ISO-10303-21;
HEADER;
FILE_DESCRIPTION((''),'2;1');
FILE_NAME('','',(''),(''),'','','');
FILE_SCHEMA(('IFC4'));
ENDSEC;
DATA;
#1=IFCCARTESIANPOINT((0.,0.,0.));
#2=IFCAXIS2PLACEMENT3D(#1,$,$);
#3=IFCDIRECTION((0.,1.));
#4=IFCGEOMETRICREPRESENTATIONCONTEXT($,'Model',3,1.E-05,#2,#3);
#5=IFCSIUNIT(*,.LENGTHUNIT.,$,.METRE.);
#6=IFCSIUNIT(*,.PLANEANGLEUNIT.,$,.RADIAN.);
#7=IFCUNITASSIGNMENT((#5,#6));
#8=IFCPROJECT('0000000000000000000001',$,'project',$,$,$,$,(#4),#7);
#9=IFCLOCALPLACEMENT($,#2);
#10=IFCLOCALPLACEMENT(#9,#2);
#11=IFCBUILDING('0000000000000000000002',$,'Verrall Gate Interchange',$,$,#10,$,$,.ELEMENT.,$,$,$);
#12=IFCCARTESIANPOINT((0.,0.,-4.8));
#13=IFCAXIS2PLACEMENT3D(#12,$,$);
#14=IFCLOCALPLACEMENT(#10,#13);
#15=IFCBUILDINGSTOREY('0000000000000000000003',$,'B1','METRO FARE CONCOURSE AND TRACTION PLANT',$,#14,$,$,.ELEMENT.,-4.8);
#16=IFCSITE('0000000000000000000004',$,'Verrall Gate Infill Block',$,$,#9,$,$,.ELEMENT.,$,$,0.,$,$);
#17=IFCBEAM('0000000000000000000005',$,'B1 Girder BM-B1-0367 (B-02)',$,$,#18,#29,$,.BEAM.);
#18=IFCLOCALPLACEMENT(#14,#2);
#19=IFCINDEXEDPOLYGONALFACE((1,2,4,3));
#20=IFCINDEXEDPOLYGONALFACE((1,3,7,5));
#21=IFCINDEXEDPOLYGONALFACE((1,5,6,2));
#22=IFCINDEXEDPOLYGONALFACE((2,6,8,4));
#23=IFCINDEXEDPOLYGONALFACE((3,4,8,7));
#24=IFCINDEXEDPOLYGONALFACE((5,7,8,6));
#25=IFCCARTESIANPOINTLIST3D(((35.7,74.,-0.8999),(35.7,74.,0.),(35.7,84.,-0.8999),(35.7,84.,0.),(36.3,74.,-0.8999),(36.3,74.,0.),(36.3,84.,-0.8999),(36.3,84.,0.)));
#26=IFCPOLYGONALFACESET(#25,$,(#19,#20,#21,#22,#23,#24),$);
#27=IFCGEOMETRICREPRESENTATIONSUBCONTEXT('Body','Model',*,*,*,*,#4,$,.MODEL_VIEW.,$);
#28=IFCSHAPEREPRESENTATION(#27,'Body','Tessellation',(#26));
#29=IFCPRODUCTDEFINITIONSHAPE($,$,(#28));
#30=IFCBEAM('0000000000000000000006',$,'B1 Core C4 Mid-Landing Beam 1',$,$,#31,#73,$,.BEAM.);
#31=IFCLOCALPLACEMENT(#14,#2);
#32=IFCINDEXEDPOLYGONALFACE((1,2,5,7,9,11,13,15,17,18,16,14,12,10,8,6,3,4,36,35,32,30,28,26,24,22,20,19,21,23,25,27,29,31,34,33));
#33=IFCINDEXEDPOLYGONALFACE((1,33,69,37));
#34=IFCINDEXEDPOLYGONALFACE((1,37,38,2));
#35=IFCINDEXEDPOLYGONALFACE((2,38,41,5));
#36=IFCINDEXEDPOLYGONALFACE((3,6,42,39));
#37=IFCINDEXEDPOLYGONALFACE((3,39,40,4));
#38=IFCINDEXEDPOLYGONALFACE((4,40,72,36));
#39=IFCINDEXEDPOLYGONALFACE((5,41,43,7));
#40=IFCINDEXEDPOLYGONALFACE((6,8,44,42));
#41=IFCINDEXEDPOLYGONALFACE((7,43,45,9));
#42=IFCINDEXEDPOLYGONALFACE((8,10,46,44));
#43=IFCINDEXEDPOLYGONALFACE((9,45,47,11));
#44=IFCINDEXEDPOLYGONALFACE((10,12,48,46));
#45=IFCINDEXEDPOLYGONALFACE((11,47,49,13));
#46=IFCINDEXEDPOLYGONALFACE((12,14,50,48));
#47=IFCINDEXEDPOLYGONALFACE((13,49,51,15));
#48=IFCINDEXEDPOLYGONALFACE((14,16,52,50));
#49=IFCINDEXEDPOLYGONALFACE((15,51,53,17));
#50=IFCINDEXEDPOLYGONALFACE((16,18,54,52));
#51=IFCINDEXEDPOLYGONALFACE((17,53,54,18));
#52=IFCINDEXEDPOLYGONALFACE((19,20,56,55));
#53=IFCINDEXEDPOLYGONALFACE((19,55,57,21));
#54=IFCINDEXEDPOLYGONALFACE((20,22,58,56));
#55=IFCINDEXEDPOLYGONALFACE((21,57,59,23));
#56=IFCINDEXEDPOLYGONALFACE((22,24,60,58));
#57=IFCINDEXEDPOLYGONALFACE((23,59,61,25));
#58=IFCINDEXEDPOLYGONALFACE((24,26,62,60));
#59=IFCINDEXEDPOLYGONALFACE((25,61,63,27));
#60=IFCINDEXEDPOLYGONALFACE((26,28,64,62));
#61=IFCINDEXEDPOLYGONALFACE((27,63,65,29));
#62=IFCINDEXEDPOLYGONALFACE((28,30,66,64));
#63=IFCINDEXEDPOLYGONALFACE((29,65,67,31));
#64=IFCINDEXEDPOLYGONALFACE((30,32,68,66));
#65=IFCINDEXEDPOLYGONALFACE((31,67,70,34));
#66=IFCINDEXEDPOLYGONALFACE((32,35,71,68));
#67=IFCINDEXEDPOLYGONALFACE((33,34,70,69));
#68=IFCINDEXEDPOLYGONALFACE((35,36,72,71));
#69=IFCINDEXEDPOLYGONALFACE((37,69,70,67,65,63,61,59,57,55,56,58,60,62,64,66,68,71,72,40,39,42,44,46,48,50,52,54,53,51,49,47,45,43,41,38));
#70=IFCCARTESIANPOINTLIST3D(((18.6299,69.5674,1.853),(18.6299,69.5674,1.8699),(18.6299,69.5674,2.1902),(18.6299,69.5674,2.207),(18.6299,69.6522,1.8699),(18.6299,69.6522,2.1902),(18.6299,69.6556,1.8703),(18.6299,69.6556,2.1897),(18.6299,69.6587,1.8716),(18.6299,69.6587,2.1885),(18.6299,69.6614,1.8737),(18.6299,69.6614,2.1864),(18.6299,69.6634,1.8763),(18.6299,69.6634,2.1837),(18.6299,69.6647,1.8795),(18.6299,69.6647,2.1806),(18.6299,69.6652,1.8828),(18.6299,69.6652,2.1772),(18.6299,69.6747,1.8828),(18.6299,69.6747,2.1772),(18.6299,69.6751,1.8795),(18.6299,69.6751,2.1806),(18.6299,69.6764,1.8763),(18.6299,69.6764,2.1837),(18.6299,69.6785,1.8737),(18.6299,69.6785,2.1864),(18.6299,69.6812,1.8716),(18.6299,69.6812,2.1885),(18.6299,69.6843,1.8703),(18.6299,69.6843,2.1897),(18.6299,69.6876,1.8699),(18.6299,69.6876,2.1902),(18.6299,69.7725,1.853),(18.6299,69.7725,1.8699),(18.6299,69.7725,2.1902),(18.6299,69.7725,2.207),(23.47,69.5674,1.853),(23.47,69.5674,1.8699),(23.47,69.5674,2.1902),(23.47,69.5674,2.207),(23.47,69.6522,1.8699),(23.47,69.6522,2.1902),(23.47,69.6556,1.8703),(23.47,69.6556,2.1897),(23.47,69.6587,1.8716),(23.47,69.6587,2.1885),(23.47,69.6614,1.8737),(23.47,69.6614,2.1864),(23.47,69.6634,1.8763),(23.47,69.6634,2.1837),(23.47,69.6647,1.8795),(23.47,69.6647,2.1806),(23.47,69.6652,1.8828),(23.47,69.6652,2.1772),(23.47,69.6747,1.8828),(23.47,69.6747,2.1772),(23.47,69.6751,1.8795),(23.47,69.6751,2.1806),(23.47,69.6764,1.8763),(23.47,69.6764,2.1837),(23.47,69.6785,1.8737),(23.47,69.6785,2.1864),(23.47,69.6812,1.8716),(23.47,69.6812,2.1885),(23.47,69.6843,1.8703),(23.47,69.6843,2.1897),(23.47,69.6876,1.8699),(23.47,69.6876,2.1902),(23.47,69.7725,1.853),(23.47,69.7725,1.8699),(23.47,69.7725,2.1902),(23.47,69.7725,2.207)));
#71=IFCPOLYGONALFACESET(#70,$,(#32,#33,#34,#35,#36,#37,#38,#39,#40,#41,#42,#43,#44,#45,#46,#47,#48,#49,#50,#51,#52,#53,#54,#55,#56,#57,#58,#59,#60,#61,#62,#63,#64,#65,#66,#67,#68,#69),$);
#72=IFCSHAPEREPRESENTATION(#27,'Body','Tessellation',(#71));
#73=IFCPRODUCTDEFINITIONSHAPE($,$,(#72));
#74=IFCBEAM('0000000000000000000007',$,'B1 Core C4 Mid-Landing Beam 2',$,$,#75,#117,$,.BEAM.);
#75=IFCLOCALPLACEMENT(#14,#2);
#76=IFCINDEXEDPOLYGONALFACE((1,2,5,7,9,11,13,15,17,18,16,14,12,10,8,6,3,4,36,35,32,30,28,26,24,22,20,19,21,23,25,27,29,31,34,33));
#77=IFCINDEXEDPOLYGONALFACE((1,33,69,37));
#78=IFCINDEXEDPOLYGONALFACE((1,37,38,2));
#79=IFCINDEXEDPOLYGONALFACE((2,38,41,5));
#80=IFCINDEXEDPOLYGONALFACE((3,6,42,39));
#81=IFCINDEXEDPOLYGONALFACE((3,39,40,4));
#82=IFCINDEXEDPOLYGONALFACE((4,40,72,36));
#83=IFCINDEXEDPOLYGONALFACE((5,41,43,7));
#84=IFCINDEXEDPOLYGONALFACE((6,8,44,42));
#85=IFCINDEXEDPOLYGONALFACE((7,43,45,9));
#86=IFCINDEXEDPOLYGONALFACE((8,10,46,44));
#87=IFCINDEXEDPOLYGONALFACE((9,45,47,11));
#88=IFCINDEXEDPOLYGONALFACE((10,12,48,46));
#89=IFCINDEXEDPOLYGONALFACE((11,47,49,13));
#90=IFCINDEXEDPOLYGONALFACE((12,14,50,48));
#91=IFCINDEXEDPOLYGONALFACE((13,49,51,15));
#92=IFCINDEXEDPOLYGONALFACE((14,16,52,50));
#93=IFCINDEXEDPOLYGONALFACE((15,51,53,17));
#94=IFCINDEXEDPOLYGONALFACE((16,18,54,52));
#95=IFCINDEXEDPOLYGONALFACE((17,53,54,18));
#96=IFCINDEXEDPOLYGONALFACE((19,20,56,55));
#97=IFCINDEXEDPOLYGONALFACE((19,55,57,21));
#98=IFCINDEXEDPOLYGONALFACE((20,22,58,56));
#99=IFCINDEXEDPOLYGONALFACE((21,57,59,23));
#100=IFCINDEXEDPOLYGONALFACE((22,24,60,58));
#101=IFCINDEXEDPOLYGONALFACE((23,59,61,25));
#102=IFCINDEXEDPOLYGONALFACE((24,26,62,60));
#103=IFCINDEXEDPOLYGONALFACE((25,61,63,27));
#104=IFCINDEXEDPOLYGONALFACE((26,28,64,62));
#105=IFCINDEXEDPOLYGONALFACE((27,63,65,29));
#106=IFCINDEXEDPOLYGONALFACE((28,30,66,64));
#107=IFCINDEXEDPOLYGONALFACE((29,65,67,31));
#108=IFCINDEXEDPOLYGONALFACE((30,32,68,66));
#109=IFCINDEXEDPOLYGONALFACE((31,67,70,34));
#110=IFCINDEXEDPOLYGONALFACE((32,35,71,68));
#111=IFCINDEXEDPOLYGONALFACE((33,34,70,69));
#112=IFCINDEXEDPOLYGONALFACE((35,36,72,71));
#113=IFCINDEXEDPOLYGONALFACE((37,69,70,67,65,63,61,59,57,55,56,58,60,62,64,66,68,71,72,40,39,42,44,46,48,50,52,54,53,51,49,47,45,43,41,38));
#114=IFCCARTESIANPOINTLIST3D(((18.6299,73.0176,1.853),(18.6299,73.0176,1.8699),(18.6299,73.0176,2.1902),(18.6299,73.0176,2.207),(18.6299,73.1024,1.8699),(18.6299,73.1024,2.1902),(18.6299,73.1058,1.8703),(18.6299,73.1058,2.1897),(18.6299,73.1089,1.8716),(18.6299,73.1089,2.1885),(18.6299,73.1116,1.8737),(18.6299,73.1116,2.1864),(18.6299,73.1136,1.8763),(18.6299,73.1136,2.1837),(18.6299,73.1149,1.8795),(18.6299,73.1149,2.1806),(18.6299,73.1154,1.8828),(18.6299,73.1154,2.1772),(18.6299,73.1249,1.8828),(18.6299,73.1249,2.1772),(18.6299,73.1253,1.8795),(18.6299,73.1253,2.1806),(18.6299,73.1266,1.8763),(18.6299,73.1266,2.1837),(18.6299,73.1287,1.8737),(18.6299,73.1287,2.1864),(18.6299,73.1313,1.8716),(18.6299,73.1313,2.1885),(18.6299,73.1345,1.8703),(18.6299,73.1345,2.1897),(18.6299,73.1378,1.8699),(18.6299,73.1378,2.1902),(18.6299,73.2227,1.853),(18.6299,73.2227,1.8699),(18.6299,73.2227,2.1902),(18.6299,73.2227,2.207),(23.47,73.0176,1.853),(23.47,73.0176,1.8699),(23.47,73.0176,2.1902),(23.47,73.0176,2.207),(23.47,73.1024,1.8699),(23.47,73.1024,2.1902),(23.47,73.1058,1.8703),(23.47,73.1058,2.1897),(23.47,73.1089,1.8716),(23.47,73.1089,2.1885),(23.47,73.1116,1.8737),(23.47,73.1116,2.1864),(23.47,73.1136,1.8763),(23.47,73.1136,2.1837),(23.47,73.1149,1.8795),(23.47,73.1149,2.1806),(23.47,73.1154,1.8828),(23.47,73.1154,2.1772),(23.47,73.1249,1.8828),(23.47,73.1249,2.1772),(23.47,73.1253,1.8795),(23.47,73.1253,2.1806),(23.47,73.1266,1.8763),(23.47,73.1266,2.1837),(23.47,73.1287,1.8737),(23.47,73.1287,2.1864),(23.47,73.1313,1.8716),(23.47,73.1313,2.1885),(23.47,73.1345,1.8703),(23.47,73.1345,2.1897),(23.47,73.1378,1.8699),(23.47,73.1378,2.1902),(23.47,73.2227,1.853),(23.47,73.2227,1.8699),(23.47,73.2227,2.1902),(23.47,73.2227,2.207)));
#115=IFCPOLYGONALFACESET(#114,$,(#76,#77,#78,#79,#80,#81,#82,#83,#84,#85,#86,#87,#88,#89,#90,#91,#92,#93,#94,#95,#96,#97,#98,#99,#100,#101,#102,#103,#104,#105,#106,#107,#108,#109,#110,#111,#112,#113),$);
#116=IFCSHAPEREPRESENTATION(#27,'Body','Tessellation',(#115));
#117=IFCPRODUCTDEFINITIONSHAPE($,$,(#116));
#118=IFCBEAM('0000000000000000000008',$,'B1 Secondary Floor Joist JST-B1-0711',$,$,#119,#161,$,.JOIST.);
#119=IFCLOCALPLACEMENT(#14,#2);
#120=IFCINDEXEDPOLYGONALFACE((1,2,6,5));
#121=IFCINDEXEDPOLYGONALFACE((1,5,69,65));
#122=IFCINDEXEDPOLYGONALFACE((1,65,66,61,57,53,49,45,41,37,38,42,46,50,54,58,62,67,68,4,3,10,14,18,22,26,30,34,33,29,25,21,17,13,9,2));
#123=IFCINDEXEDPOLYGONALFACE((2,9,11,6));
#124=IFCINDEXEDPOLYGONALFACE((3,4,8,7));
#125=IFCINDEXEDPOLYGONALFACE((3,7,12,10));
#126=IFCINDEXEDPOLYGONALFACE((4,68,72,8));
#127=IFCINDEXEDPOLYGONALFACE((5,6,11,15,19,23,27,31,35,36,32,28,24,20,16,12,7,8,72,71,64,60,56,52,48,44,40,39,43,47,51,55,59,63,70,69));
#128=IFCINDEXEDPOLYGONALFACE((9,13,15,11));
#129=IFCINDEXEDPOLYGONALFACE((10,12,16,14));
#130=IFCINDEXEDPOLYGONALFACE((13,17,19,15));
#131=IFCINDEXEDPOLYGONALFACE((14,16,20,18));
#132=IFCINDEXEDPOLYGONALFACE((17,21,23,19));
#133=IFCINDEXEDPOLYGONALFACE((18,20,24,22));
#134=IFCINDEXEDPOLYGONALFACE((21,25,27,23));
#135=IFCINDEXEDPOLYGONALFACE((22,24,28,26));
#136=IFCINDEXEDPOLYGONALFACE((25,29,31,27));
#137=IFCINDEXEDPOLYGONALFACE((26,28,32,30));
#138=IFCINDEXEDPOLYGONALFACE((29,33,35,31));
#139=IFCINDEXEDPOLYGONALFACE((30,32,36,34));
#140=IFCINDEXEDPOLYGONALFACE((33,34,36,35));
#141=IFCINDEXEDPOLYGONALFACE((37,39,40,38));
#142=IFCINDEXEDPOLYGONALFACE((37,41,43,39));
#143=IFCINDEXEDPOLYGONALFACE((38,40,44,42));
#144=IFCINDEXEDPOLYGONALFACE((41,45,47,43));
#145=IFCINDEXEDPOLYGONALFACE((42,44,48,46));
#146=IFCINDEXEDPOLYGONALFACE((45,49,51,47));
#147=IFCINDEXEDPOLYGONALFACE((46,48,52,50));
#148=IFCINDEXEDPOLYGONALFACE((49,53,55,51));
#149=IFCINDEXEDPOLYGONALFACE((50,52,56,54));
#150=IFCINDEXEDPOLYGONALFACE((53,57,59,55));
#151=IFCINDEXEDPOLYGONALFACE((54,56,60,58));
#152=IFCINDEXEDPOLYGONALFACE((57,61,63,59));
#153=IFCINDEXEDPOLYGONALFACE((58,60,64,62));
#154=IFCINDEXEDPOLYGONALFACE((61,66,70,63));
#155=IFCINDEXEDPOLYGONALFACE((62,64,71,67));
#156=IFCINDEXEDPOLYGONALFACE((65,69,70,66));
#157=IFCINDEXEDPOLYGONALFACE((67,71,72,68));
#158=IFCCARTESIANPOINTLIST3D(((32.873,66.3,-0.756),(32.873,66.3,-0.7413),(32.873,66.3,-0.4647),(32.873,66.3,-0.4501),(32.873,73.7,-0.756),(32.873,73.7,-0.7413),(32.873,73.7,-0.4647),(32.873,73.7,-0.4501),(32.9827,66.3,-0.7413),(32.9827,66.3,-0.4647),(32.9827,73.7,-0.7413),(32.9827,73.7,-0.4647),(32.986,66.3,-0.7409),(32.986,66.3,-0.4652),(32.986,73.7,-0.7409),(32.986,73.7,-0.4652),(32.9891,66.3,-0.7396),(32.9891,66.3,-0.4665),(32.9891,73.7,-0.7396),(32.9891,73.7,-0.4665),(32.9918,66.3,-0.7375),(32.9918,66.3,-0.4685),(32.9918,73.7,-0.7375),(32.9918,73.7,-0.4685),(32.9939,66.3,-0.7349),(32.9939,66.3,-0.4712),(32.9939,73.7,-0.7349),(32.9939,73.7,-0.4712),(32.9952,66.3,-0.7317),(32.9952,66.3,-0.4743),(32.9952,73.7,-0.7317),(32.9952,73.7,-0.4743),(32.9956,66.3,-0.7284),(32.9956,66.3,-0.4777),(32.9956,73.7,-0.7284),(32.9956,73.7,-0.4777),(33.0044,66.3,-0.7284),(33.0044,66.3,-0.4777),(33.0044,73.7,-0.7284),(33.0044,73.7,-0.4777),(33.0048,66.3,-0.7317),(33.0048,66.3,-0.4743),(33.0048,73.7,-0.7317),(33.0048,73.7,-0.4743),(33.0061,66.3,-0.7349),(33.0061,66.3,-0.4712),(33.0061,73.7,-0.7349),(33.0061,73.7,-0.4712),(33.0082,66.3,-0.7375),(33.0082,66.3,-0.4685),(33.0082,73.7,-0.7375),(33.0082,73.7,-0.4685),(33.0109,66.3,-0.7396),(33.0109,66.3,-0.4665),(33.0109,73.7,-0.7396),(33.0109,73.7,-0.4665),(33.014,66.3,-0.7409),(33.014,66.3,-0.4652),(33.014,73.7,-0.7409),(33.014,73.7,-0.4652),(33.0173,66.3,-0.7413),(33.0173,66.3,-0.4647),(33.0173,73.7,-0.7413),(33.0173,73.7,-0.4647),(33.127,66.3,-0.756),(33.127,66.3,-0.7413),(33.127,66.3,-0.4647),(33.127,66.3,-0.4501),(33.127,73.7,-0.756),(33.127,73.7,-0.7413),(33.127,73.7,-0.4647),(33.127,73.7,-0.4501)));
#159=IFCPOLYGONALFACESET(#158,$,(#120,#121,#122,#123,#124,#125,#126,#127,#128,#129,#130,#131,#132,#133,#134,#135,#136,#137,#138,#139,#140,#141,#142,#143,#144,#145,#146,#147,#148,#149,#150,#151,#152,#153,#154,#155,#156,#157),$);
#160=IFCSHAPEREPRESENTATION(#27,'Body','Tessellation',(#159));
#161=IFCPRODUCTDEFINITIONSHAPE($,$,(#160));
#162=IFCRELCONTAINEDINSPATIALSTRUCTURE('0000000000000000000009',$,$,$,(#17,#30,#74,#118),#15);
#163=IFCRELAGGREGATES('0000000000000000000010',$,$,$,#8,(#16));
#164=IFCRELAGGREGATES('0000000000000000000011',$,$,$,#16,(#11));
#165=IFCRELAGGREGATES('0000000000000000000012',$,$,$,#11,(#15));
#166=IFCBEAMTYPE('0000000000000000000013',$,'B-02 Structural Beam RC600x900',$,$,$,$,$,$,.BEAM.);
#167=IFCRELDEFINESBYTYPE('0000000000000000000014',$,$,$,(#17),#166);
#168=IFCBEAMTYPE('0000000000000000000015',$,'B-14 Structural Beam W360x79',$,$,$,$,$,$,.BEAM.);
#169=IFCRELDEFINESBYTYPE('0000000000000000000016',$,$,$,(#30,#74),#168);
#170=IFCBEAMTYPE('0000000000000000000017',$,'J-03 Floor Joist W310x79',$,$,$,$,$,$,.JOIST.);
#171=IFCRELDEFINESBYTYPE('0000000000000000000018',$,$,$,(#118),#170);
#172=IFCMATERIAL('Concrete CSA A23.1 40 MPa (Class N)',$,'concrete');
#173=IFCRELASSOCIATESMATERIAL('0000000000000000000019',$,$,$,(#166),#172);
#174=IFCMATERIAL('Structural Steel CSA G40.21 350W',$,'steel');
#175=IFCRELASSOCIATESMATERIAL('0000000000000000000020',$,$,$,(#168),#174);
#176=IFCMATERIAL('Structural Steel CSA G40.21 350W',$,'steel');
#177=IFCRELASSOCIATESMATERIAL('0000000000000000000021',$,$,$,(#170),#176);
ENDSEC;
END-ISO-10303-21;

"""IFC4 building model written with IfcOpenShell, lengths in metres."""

from ifc_helpers import new_model, si_unit, direction, frame, origin, origin_2d, place, context, subcontext, project, spatial, rectangle, i_section, extrude, material, material_profile, profile_set, type_object, element, save


model = new_model("IFC4")

# Units and contexts
model_context = context("Model", 3, precision=1e-05, world=origin(), true_north=direction((0.0, 1.0)))
body_context = subcontext(model_context, "Body", "Model", "MODEL_VIEW")
ifc_project = project(units=[si_unit("LENGTHUNIT", "METRE"), si_unit("PLANEANGLEUNIT", "RADIAN")], contexts=[model_context])

# Site, building, storey
site_placement = place(None, origin())
site = spatial("IfcSite", under=ifc_project, at=site_placement, Name="Verrall Gate Infill Block", CompositionType="ELEMENT", RefElevation=0.0)
building_placement = place(site_placement, origin())
building = spatial("IfcBuilding", under=site, at=building_placement, Name="Verrall Gate Interchange", CompositionType="ELEMENT")
storey_placement = place(building_placement, frame((0.0, 0.0, -4.8)))
storey = spatial("IfcBuildingStorey", under=building, at=storey_placement, Name="B1", Description="METRO FARE CONCOURSE AND TRACTION PLANT", CompositionType="ELEMENT", Elevation=-4.8)

# Beams
ifc_material_1 = material(Name="Concrete CSA A23.1 40 MPa (Class N)", Category="concrete")
ifc_material_profile_1 = material_profile(ifc_material_1, rectangle(XDim=0.6001, YDim=0.8999, at=origin_2d()), Name="RC600x900")
ifc_profile_set_1 = profile_set([ifc_material_profile_1], Name="Concrete CSA A23.1 40 MPa (Class N)")
beam_type_1 = type_object("IfcBeamType", Name="B-02 Structural Beam RC600x900", PredefinedType="BEAM", material=ifc_profile_set_1)
beam_1_placement = place(storey_placement, frame((36.0, 74.0, -0.45), z_axis=(0.0, 1.0, 0.0), x_axis=(-1.0, 0.0, 0.0)))
element("IfcBeam", 1, at=beam_1_placement, inside=storey, type_object=beam_type_1, Name="B1 Girder BM-B1-0367 (B-02)", PredefinedType="BEAM", context=body_context, shape_type="SweptSolid", body=[
    extrude(rectangle(XDim=0.6001, YDim=0.8999, at=origin_2d()), origin(), (0.0, 0.0, 1.0), 10.0),
])
ifc_material_2 = material(Name="Structural Steel CSA G40.21 350W", Category="steel")
ifc_material_profile_2 = material_profile(ifc_material_2, i_section(OverallWidth=0.2051, OverallDepth=0.354, WebThickness=0.0095, FlangeThickness=0.0168, FilletRadius=0.0129, at=origin_2d()), Name="W360x79")
ifc_profile_set_2 = profile_set([ifc_material_profile_2], Name="Structural Steel CSA G40.21 350W")
beam_type_2 = type_object("IfcBeamType", Name="B-14 Structural Beam W360x79", PredefinedType="BEAM", material=ifc_profile_set_2)
for number, where, z_axis, x_axis, name in (
    (2, (18.6299, 69.6699, 2.03), (1.0, 0.0, 0.0), (0.0, 1.0, 0.0), "B1 Core C4 Mid-Landing Beam 1"),
    (3, (18.6299, 73.1201, 2.03), (1.0, 0.0, 0.0), (0.0, 1.0, 0.0), "B1 Core C4 Mid-Landing Beam 2"),
):
    element("IfcBeam", number, at=place(storey_placement, frame(where, z_axis=z_axis, x_axis=x_axis)), inside=storey, type_object=beam_type_2, Name=name, PredefinedType="BEAM", context=body_context, shape_type="SweptSolid", body=[
        extrude(i_section(OverallWidth=0.2051, OverallDepth=0.354, WebThickness=0.0095, FlangeThickness=0.0168, FilletRadius=0.0129, at=origin_2d()), origin(), (0.0, 0.0, 1.0), 4.8401),
    ])
ifc_material_3 = material(Name="Structural Steel CSA G40.21 350W", Category="steel")
ifc_material_profile_3 = material_profile(ifc_material_3, i_section(OverallWidth=0.2539, OverallDepth=0.3059, WebThickness=0.0088, FlangeThickness=0.0146, FilletRadius=0.0129, at=origin_2d()), Name="W310x79")
ifc_profile_set_3 = profile_set([ifc_material_profile_3], Name="Structural Steel CSA G40.21 350W")
beam_type_3 = type_object("IfcBeamType", Name="J-03 Floor Joist W310x79", PredefinedType="JOIST", material=ifc_profile_set_3)
beam_2_placement = place(storey_placement, frame((33.0, 66.3, -0.603), z_axis=(0.0, 1.0, 0.0), x_axis=(-1.0, 0.0, 0.0)))
element("IfcBeam", 4, at=beam_2_placement, inside=storey, type_object=beam_type_3, Name="B1 Secondary Floor Joist JST-B1-0711", PredefinedType="JOIST", context=body_context, shape_type="SweptSolid", body=[
    extrude(i_section(OverallWidth=0.2539, OverallDepth=0.3059, WebThickness=0.0088, FlangeThickness=0.0146, FilletRadius=0.0129, at=origin_2d()), origin(), (0.0, 0.0, 1.0), 7.3999),
])

save(model, "model.ifc")
